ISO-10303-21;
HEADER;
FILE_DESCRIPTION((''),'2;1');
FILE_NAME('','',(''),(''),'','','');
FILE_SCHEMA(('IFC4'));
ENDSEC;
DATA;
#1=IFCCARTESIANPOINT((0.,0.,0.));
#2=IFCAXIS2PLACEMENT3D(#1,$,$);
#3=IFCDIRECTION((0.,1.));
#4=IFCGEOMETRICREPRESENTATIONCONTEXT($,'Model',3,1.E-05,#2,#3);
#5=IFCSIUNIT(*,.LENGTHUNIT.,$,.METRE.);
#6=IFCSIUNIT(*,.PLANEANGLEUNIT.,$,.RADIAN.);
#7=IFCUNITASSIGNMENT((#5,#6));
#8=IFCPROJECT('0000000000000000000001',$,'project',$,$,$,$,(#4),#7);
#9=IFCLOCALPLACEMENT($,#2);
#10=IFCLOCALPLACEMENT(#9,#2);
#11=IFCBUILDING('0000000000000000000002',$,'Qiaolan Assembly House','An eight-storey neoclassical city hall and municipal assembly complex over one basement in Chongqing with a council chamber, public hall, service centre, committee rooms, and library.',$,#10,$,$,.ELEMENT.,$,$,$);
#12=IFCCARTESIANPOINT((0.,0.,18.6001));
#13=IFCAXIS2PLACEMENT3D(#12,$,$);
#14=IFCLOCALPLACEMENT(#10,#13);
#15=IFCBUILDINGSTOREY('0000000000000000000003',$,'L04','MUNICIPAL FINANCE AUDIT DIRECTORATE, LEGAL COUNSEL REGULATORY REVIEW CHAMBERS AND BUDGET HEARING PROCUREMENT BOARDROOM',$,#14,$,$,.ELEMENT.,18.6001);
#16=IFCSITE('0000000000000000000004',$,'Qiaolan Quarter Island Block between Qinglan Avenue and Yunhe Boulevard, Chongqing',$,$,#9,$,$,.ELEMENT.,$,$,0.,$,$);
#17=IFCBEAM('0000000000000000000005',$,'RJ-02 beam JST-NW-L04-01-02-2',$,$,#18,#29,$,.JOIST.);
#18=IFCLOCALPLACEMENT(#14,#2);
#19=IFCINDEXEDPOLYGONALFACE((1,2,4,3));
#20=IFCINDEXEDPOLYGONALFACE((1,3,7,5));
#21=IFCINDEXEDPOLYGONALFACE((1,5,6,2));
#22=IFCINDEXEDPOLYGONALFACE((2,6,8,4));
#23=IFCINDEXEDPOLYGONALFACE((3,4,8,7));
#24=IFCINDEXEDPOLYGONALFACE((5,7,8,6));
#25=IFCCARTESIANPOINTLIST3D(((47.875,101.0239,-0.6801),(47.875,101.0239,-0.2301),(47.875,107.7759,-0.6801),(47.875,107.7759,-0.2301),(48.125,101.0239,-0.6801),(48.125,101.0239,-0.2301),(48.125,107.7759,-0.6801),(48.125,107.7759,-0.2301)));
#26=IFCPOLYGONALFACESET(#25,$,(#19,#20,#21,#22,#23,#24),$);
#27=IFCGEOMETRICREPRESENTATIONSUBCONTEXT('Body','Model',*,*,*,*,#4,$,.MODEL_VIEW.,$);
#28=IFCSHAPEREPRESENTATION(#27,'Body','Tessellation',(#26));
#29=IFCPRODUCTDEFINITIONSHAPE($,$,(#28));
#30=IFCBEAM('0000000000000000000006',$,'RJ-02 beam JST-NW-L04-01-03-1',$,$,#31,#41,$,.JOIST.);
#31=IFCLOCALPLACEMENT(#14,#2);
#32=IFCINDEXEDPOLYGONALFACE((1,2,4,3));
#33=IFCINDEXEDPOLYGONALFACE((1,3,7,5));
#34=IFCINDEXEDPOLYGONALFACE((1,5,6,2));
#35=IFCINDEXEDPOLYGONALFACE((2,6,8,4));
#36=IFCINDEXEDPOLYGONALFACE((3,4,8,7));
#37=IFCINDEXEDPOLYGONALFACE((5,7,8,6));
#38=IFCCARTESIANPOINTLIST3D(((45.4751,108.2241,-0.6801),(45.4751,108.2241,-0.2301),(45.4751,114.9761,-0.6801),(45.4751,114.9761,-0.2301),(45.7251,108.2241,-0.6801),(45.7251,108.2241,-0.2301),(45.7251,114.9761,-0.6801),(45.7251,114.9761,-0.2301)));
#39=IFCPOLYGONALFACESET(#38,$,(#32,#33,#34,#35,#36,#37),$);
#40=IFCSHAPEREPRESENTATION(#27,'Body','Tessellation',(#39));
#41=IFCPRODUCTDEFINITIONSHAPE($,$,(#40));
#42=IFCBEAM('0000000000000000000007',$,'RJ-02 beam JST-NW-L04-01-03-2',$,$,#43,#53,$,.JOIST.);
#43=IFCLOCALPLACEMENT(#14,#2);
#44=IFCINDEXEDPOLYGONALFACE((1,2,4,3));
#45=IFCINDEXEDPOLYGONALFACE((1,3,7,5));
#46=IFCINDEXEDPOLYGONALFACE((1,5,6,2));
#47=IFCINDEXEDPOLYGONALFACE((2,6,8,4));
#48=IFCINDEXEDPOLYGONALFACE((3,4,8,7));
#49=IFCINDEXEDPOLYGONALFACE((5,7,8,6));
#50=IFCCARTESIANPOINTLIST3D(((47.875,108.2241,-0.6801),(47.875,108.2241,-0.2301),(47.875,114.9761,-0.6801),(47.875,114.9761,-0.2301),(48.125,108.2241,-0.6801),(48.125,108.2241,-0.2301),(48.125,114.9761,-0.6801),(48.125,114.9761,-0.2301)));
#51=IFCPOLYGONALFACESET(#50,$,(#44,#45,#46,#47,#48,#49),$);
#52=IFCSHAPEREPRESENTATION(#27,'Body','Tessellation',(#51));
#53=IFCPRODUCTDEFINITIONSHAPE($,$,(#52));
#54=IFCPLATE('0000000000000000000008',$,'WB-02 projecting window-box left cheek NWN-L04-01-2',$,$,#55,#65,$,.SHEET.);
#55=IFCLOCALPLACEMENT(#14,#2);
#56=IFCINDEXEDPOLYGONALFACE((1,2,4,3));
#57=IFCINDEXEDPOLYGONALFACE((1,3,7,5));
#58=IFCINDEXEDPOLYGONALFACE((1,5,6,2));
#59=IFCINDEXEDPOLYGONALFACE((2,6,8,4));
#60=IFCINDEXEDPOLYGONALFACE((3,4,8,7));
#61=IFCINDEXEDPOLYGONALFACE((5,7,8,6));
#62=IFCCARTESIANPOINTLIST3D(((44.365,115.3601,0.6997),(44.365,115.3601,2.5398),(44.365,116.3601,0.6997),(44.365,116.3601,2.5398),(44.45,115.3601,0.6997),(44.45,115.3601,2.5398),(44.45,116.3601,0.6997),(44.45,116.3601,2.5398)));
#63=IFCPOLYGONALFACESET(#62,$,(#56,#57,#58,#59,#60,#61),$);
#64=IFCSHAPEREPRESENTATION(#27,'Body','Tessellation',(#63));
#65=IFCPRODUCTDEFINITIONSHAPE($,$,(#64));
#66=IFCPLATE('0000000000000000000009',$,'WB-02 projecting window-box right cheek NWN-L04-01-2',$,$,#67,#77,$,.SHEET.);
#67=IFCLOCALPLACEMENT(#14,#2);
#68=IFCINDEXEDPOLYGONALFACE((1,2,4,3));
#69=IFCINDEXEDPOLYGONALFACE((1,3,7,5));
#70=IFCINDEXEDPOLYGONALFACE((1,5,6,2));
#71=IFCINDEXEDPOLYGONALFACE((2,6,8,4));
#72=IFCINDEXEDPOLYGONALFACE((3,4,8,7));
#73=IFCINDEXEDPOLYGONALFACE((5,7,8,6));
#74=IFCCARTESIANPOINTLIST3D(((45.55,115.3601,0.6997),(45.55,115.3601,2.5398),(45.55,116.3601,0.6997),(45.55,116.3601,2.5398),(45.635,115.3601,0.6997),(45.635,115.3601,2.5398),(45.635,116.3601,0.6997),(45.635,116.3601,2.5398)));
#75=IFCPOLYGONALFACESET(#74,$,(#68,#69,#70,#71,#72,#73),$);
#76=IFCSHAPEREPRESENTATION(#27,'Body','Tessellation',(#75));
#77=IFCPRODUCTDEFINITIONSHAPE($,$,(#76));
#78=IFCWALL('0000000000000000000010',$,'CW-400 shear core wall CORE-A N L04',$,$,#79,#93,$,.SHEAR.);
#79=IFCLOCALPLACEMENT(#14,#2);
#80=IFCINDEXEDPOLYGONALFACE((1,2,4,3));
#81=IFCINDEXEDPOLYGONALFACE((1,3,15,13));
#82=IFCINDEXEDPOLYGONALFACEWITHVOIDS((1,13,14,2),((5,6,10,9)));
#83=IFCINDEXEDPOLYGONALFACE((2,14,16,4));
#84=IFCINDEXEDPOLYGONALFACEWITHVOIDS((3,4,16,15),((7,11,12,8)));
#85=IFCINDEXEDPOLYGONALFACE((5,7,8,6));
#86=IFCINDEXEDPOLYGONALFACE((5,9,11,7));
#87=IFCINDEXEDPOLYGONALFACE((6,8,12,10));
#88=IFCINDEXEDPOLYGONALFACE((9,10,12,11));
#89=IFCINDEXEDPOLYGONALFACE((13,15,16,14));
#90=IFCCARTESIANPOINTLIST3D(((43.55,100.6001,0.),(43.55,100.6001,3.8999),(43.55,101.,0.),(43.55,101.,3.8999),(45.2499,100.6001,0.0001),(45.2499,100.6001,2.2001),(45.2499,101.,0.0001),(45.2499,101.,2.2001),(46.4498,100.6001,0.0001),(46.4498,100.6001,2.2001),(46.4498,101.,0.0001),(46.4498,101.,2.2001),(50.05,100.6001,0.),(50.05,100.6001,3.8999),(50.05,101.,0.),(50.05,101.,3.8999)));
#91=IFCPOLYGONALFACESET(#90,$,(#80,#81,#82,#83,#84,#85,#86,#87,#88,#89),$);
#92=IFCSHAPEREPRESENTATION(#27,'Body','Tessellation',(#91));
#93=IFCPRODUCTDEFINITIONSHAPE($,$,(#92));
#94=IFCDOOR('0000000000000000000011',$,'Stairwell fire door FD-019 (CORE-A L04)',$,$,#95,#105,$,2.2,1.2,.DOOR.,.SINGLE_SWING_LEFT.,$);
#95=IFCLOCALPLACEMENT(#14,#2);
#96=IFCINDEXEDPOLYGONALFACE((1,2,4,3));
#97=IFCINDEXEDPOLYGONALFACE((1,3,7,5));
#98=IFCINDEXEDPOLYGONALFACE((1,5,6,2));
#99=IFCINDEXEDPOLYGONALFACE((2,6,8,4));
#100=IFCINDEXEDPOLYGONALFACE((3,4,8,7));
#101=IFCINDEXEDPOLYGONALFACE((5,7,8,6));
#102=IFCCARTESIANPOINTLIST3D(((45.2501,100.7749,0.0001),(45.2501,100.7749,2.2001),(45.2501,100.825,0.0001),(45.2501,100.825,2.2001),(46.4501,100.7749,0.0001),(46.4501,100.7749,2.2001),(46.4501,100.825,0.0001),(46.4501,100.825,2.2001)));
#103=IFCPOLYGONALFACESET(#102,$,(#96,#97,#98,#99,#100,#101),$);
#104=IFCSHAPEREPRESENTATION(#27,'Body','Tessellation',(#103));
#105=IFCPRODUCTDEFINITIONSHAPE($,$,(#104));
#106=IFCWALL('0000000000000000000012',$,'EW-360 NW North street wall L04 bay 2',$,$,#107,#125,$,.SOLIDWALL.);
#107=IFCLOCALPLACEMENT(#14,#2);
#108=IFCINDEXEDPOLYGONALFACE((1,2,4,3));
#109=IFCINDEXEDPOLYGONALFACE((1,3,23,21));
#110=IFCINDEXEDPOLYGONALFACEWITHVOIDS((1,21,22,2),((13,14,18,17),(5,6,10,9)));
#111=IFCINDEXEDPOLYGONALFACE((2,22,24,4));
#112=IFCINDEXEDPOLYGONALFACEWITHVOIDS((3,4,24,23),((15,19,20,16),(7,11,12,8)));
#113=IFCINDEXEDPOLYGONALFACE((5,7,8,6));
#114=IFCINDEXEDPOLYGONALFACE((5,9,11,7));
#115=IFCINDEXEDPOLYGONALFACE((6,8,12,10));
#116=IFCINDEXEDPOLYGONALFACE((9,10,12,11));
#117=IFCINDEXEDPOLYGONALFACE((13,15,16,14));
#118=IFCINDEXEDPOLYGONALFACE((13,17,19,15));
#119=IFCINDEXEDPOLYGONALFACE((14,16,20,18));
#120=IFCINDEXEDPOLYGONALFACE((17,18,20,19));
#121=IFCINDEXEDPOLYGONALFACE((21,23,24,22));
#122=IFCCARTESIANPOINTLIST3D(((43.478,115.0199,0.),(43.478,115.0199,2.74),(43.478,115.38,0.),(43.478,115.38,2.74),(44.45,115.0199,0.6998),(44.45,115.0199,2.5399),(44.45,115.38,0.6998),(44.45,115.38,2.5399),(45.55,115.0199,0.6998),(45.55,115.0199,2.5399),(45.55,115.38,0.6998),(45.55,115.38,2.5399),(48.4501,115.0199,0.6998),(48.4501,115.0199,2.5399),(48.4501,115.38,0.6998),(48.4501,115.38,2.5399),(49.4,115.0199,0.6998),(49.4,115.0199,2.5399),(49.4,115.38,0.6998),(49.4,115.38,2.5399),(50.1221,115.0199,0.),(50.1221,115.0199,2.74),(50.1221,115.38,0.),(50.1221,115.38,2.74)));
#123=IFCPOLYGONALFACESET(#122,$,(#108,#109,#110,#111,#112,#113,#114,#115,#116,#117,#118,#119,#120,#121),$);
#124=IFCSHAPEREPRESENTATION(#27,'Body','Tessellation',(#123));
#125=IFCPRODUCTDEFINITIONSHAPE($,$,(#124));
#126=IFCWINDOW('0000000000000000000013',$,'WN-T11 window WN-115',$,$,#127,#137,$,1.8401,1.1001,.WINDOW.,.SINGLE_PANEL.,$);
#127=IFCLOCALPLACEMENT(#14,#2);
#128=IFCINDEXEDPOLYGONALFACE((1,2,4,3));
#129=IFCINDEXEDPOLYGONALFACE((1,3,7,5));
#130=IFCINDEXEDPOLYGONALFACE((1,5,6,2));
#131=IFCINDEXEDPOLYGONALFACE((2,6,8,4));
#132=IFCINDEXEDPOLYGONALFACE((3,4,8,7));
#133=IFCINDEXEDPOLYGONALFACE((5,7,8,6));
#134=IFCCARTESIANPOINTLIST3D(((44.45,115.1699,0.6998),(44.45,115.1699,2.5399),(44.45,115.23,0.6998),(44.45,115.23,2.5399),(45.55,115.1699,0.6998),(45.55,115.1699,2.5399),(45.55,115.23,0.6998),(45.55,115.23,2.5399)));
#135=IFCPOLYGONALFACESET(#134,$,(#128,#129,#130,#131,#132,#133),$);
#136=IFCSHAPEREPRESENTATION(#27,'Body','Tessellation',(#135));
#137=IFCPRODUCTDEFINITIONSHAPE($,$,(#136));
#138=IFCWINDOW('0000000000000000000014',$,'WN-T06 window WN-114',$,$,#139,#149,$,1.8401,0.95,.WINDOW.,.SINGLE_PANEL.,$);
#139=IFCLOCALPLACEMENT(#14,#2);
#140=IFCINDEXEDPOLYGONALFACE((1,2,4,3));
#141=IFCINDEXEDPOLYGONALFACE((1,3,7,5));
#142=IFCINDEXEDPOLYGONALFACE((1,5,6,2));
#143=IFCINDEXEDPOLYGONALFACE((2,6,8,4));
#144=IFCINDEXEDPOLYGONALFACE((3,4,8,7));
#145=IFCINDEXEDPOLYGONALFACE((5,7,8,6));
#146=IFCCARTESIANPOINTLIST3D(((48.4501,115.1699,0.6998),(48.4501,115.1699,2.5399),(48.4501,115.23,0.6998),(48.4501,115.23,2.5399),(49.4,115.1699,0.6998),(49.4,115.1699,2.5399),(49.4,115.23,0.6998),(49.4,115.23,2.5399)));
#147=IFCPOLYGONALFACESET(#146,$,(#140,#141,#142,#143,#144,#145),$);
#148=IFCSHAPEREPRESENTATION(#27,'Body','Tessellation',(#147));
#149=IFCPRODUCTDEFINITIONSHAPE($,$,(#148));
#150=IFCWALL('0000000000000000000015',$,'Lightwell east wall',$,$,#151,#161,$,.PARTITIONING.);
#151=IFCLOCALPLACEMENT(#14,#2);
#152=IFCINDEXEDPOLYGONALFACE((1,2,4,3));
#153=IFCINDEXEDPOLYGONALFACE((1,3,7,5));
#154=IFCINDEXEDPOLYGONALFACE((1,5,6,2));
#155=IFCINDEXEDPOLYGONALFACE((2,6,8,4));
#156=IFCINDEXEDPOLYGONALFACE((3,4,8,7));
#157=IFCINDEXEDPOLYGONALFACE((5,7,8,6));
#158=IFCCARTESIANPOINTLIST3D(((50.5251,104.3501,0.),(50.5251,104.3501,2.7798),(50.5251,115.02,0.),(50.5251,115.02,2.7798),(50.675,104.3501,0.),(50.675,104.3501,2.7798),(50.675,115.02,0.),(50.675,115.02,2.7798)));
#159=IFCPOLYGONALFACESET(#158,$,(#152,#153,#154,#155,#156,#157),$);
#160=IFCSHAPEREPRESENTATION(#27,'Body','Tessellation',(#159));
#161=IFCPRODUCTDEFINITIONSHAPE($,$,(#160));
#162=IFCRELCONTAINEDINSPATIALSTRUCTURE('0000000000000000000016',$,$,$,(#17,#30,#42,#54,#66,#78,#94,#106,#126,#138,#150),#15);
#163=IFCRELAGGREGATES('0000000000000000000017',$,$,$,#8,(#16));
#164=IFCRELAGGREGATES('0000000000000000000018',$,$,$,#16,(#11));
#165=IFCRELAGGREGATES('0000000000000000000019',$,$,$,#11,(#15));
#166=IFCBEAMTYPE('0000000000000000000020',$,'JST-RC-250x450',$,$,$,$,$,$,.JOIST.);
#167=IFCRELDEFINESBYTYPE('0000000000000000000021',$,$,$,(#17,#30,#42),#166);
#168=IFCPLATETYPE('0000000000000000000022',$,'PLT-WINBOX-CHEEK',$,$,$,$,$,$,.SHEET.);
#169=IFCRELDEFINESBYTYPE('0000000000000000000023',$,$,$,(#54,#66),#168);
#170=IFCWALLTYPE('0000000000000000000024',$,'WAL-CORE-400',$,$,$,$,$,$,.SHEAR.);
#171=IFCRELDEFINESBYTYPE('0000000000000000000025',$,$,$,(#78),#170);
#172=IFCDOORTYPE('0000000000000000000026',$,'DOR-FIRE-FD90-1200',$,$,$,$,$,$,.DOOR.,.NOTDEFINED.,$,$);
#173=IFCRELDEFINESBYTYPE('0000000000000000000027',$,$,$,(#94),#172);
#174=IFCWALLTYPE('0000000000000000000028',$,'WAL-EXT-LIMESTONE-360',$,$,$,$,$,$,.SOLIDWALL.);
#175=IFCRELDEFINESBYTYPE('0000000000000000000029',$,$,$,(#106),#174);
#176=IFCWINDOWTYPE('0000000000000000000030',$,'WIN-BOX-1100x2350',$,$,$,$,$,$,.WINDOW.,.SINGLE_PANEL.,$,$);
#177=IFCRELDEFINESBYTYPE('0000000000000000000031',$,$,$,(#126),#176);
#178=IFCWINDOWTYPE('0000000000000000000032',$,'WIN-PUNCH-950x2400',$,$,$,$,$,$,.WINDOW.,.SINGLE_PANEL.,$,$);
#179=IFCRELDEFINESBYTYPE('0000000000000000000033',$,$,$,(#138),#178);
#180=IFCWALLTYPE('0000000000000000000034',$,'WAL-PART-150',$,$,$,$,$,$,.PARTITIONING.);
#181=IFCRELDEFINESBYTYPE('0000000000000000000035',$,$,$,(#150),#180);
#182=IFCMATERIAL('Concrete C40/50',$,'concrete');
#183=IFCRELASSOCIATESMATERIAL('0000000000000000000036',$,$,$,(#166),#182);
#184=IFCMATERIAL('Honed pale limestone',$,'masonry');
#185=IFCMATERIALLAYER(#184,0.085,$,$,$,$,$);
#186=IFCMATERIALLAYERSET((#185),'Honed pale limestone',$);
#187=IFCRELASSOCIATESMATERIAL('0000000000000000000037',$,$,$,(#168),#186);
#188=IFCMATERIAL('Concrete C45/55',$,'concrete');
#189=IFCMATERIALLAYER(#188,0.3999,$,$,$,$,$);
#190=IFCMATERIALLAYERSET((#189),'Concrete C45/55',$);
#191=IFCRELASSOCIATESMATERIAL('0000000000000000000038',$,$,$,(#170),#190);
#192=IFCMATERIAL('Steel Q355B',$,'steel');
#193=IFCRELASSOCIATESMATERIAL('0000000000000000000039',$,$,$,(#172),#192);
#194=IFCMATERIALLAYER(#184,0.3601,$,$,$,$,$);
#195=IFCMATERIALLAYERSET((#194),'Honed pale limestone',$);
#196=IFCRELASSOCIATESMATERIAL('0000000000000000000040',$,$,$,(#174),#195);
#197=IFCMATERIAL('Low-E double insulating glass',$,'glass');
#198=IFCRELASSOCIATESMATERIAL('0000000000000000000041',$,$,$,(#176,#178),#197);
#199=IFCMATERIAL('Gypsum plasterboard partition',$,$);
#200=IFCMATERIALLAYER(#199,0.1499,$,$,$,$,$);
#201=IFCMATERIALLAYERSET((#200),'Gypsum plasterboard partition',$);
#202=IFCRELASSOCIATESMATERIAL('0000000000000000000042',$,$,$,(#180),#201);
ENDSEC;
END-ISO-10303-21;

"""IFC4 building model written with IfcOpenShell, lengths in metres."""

from ifc_helpers import new_model, si_unit, direction, frame, frame_2d, origin, origin_2d, place, context, subcontext, project, spatial, rectangle, extrude, material, layer, layer_set, material_profile, profile_set, type_object, element, fill, save


model = new_model("IFC4")

# Units and contexts
model_context = context("Model", 3, precision=1e-05, world=origin(), true_north=direction((0.0, 1.0)))
body_context = subcontext(model_context, "Body", "Model", "MODEL_VIEW")
ifc_project = project(units=[si_unit("LENGTHUNIT", "METRE"), si_unit("PLANEANGLEUNIT", "RADIAN")], contexts=[model_context])

# Site, building, storey
site_placement = place(None, origin())
site = spatial("IfcSite", under=ifc_project, at=site_placement, Name="Qiaolan Quarter Island Block between Qinglan Avenue and Yunhe Boulevard, Chongqing", CompositionType="ELEMENT", RefElevation=0.0)
building_placement = place(site_placement, origin())
building = spatial("IfcBuilding", under=site, at=building_placement, Name="Qiaolan Assembly House", Description="An eight-storey neoclassical city hall and municipal assembly complex over one basement in Chongqing with a council chamber, public hall, service centre, committee rooms, and library.", CompositionType="ELEMENT")
storey_placement = place(building_placement, frame((0.0, 0.0, 18.6001)))
storey = spatial("IfcBuildingStorey", under=building, at=storey_placement, Name="L04", Description="MUNICIPAL FINANCE AUDIT DIRECTORATE, LEGAL COUNSEL REGULATORY REVIEW CHAMBERS AND BUDGET HEARING PROCUREMENT BOARDROOM", CompositionType="ELEMENT", Elevation=18.6001)

# Shared definitions
ifc_material_1 = material(Name="Concrete C45/55", Category="concrete")
ifc_material_2 = material(Name="Concrete C40/50", Category="concrete")

# Beams
ifc_material_profile_1 = material_profile(ifc_material_2, rectangle(XDim=0.25, YDim=0.45, at=origin_2d()), Name="RCB 250x450")
ifc_profile_set_1 = profile_set([ifc_material_profile_1], Name="Concrete C40/50")
beam_type_1 = type_object("IfcBeamType", Name="JST-RC-250x450", PredefinedType="JOIST", material=ifc_profile_set_1)
for number, where, z_axis, x_axis, name in (
    (1, (48.0, 101.0239, -0.4551), (0.0, 1.0, 0.0), (-1.0, 0.0, 0.0), "RJ-02 beam JST-NW-L04-01-02-2"),
    (2, (45.6001, 108.2241, -0.4551), (0.0, 1.0, 0.0), (-1.0, 0.0, 0.0), "RJ-02 beam JST-NW-L04-01-03-1"),
    (3, (48.0, 108.2241, -0.4551), (0.0, 1.0, 0.0), (-1.0, 0.0, 0.0), "RJ-02 beam JST-NW-L04-01-03-2"),
):
    element("IfcBeam", number, at=place(storey_placement, frame(where, z_axis=z_axis, x_axis=x_axis)), inside=storey, type_object=beam_type_1, Name=name, PredefinedType="JOIST", context=body_context, shape_type="SweptSolid", body=[
        extrude(rectangle(XDim=0.25, YDim=0.45, at=origin_2d()), origin(), (0.0, 0.0, 1.0), 6.752),
    ])

# Plates
ifc_material_3 = material(Name="Honed pale limestone", Category="masonry")
ifc_layer_1 = layer(ifc_material_3, 0.085)
ifc_layer_set_1 = layer_set([ifc_layer_1], Name="Honed pale limestone")
plate_type = type_object("IfcPlateType", Name="PLT-WINBOX-CHEEK", PredefinedType="SHEET", material=ifc_layer_set_1)
for number, where, z_axis, x_axis, name in (
    (4, (44.4075, 115.8601, 0.6997), (0.0, 0.0, 1.0), (1.0, 0.0, 0.0), "WB-02 projecting window-box left cheek NWN-L04-01-2"),
    (5, (45.5925, 115.8601, 0.6997), (0.0, 0.0, 1.0), (1.0, 0.0, 0.0), "WB-02 projecting window-box right cheek NWN-L04-01-2"),
):
    element("IfcPlate", number, at=place(storey_placement, frame(where, z_axis=z_axis, x_axis=x_axis)), inside=storey, type_object=plate_type, Name=name, PredefinedType="SHEET", context=body_context, shape_type="SweptSolid", body=[
        extrude(rectangle(XDim=0.085, YDim=1.0, at=origin_2d()), origin(), (0.0, 0.0, 1.0), 1.8401),
    ])

# Wall, opening, door
ifc_layer_2 = layer(ifc_material_1, 0.3999)
ifc_layer_set_2 = layer_set([ifc_layer_2], Name="Concrete C45/55")
wall_type_1 = type_object("IfcWallType", Name="WAL-CORE-400", PredefinedType="SHEAR", material=ifc_layer_set_2)
wall_1_placement = place(storey_placement, frame((50.05, 100.8, 0.0), z_axis=(0.0, 0.0, 1.0), x_axis=(-1.0, 0.0, 0.0)))
wall_1 = element("IfcWall", 6, at=wall_1_placement, inside=storey, type_object=wall_type_1, Name="CW-400 shear core wall CORE-A N L04", PredefinedType="SHEAR", context=body_context, shape_type="SweptSolid", body=[
    extrude(rectangle(XDim=6.5, YDim=0.3999, at=frame_2d((3.25, 0.0))), origin(), (0.0, 0.0, 1.0), 3.8999),
])
opening_1_placement = place(wall_1_placement, frame((3.6001, 0.0, 0.0)))
opening_1 = element("IfcOpeningElement", 7, at=opening_1_placement, cuts=wall_1, PredefinedType="OPENING", context=body_context, shape_type="SweptSolid", body=[
    extrude(rectangle(XDim=1.2, YDim=2.2, at=frame_2d((0.6001, 1.1001))), frame((0.0, 0.21, 0.0), z_axis=(0.0, -1.0, 0.0), x_axis=(1.0, 0.0, 0.0)), (0.0, 0.0, 1.0), 0.4199),
])
ifc_material_4 = material(Name="Steel Q355B", Category="steel")
door_type = type_object("IfcDoorType", Name="DOR-FIRE-FD90-1200", OperationType="NOTDEFINED", PredefinedType="DOOR", material=ifc_material_4)
door_placement = place(opening_1_placement, frame((1.2, 0.0, 0.0), z_axis=(0.0, 0.0, 1.0), x_axis=(-1.0, 0.0, 0.0)))
door = element("IfcDoor", 8, at=door_placement, inside=storey, type_object=door_type, Name="Stairwell fire door FD-019 (CORE-A L04)", OperationType="SINGLE_SWING_LEFT", OverallHeight=2.2, OverallWidth=1.2, PredefinedType="DOOR", context=body_context, shape_type="SweptSolid", body=[
    extrude(rectangle(XDim=1.2, YDim=2.2, at=frame_2d((0.6001, 1.1001))), frame((0.0, 0.0249, 0.0), z_axis=(0.0, -1.0, 0.0), x_axis=(1.0, 0.0, 0.0)), (0.0, 0.0, 1.0), 0.05),
])
fill(opening_1, door)

# Wall, openings, windows
ifc_layer_3 = layer(ifc_material_3, 0.3601)
ifc_layer_set_3 = layer_set([ifc_layer_3], Name="Honed pale limestone")
wall_type_2 = type_object("IfcWallType", Name="WAL-EXT-LIMESTONE-360", PredefinedType="SOLIDWALL", material=ifc_layer_set_3)
wall_2_placement = place(storey_placement, frame((50.1221, 115.2, 0.0), z_axis=(0.0, 0.0, 1.0), x_axis=(-1.0, 0.0, 0.0)))
wall_2 = element("IfcWall", 9, at=wall_2_placement, inside=storey, type_object=wall_type_2, Name="EW-360 NW North street wall L04 bay 2", PredefinedType="SOLIDWALL", context=body_context, shape_type="SweptSolid", body=[
    extrude(rectangle(XDim=6.644, YDim=0.3601, at=frame_2d((3.322, 0.0))), origin(), (0.0, 0.0, 1.0), 2.74),
])
opening_2_placement = place(wall_2_placement, frame((0.7219, 0.0, 0.7)))
opening_2 = element("IfcOpeningElement", 10, at=opening_2_placement, cuts=wall_2, PredefinedType="OPENING", context=body_context, shape_type="SweptSolid", body=[
    extrude(rectangle(XDim=0.95, YDim=1.8401, at=frame_2d((0.4751, 0.9199))), frame((0.0, 0.1899, 0.0), z_axis=(0.0, -1.0, 0.0), x_axis=(1.0, 0.0, 0.0)), (0.0, 0.0, 1.0), 0.3801),
])
opening_3_placement = place(wall_2_placement, frame((4.572, 0.0, 0.7)))
opening_3 = element("IfcOpeningElement", 11, at=opening_3_placement, cuts=wall_2, PredefinedType="OPENING", context=body_context, shape_type="SweptSolid", body=[
    extrude(rectangle(XDim=1.1001, YDim=1.8401, at=frame_2d((0.55, 0.9199))), frame((0.0, 0.1899, 0.0), z_axis=(0.0, -1.0, 0.0), x_axis=(1.0, 0.0, 0.0)), (0.0, 0.0, 1.0), 0.3801),
])
ifc_material_5 = material(Name="Low-E double insulating glass", Category="glass")
window_type_1 = type_object("IfcWindowType", Name="WIN-BOX-1100x2350", PartitioningType="SINGLE_PANEL", PredefinedType="WINDOW", material=ifc_material_5)
window_1_placement = place(opening_3_placement, origin())
window_1 = element("IfcWindow", 12, at=window_1_placement, inside=storey, type_object=window_type_1, Name="WN-T11 window WN-115", OverallHeight=1.8401, OverallWidth=1.1001, PartitioningType="SINGLE_PANEL", PredefinedType="WINDOW", context=body_context, shape_type="SweptSolid", body=[
    extrude(rectangle(XDim=1.1001, YDim=1.8401, at=frame_2d((0.55, 0.9199))), frame((0.0, 0.03, 0.0), z_axis=(0.0, -1.0, 0.0), x_axis=(1.0, 0.0, 0.0)), (0.0, 0.0, 1.0), 0.0601),
])
fill(opening_3, window_1)
window_type_2 = type_object("IfcWindowType", Name="WIN-PUNCH-950x2400", PartitioningType="SINGLE_PANEL", PredefinedType="WINDOW", material=ifc_material_5)
window_2_placement = place(opening_2_placement, origin())
window_2 = element("IfcWindow", 13, at=window_2_placement, inside=storey, type_object=window_type_2, Name="WN-T06 window WN-114", OverallHeight=1.8401, OverallWidth=0.95, PartitioningType="SINGLE_PANEL", PredefinedType="WINDOW", context=body_context, shape_type="SweptSolid", body=[
    extrude(rectangle(XDim=0.95, YDim=1.8401, at=frame_2d((0.4751, 0.9199))), frame((0.0, 0.03, 0.0), z_axis=(0.0, -1.0, 0.0), x_axis=(1.0, 0.0, 0.0)), (0.0, 0.0, 1.0), 0.0601),
])
fill(opening_2, window_2)

# Wall
ifc_material_6 = material(Name="Gypsum plasterboard partition")
ifc_layer_4 = layer(ifc_material_6, 0.1499)
ifc_layer_set_4 = layer_set([ifc_layer_4], Name="Gypsum plasterboard partition")
wall_type_3 = type_object("IfcWallType", Name="WAL-PART-150", PredefinedType="PARTITIONING", material=ifc_layer_set_4)
wall_3_placement = place(storey_placement, frame((50.6001, 104.3501, 0.0), z_axis=(0.0, 0.0, 1.0), x_axis=(0.0, 1.0, 0.0)))
element("IfcWall", 14, at=wall_3_placement, inside=storey, type_object=wall_type_3, Name="Lightwell east wall", PredefinedType="PARTITIONING", context=body_context, shape_type="SweptSolid", body=[
    extrude(rectangle(XDim=10.6699, YDim=0.1499, at=frame_2d((5.335, 0.0))), origin(), (0.0, 0.0, 1.0), 2.7798),
])

save(model, "model.ifc")
